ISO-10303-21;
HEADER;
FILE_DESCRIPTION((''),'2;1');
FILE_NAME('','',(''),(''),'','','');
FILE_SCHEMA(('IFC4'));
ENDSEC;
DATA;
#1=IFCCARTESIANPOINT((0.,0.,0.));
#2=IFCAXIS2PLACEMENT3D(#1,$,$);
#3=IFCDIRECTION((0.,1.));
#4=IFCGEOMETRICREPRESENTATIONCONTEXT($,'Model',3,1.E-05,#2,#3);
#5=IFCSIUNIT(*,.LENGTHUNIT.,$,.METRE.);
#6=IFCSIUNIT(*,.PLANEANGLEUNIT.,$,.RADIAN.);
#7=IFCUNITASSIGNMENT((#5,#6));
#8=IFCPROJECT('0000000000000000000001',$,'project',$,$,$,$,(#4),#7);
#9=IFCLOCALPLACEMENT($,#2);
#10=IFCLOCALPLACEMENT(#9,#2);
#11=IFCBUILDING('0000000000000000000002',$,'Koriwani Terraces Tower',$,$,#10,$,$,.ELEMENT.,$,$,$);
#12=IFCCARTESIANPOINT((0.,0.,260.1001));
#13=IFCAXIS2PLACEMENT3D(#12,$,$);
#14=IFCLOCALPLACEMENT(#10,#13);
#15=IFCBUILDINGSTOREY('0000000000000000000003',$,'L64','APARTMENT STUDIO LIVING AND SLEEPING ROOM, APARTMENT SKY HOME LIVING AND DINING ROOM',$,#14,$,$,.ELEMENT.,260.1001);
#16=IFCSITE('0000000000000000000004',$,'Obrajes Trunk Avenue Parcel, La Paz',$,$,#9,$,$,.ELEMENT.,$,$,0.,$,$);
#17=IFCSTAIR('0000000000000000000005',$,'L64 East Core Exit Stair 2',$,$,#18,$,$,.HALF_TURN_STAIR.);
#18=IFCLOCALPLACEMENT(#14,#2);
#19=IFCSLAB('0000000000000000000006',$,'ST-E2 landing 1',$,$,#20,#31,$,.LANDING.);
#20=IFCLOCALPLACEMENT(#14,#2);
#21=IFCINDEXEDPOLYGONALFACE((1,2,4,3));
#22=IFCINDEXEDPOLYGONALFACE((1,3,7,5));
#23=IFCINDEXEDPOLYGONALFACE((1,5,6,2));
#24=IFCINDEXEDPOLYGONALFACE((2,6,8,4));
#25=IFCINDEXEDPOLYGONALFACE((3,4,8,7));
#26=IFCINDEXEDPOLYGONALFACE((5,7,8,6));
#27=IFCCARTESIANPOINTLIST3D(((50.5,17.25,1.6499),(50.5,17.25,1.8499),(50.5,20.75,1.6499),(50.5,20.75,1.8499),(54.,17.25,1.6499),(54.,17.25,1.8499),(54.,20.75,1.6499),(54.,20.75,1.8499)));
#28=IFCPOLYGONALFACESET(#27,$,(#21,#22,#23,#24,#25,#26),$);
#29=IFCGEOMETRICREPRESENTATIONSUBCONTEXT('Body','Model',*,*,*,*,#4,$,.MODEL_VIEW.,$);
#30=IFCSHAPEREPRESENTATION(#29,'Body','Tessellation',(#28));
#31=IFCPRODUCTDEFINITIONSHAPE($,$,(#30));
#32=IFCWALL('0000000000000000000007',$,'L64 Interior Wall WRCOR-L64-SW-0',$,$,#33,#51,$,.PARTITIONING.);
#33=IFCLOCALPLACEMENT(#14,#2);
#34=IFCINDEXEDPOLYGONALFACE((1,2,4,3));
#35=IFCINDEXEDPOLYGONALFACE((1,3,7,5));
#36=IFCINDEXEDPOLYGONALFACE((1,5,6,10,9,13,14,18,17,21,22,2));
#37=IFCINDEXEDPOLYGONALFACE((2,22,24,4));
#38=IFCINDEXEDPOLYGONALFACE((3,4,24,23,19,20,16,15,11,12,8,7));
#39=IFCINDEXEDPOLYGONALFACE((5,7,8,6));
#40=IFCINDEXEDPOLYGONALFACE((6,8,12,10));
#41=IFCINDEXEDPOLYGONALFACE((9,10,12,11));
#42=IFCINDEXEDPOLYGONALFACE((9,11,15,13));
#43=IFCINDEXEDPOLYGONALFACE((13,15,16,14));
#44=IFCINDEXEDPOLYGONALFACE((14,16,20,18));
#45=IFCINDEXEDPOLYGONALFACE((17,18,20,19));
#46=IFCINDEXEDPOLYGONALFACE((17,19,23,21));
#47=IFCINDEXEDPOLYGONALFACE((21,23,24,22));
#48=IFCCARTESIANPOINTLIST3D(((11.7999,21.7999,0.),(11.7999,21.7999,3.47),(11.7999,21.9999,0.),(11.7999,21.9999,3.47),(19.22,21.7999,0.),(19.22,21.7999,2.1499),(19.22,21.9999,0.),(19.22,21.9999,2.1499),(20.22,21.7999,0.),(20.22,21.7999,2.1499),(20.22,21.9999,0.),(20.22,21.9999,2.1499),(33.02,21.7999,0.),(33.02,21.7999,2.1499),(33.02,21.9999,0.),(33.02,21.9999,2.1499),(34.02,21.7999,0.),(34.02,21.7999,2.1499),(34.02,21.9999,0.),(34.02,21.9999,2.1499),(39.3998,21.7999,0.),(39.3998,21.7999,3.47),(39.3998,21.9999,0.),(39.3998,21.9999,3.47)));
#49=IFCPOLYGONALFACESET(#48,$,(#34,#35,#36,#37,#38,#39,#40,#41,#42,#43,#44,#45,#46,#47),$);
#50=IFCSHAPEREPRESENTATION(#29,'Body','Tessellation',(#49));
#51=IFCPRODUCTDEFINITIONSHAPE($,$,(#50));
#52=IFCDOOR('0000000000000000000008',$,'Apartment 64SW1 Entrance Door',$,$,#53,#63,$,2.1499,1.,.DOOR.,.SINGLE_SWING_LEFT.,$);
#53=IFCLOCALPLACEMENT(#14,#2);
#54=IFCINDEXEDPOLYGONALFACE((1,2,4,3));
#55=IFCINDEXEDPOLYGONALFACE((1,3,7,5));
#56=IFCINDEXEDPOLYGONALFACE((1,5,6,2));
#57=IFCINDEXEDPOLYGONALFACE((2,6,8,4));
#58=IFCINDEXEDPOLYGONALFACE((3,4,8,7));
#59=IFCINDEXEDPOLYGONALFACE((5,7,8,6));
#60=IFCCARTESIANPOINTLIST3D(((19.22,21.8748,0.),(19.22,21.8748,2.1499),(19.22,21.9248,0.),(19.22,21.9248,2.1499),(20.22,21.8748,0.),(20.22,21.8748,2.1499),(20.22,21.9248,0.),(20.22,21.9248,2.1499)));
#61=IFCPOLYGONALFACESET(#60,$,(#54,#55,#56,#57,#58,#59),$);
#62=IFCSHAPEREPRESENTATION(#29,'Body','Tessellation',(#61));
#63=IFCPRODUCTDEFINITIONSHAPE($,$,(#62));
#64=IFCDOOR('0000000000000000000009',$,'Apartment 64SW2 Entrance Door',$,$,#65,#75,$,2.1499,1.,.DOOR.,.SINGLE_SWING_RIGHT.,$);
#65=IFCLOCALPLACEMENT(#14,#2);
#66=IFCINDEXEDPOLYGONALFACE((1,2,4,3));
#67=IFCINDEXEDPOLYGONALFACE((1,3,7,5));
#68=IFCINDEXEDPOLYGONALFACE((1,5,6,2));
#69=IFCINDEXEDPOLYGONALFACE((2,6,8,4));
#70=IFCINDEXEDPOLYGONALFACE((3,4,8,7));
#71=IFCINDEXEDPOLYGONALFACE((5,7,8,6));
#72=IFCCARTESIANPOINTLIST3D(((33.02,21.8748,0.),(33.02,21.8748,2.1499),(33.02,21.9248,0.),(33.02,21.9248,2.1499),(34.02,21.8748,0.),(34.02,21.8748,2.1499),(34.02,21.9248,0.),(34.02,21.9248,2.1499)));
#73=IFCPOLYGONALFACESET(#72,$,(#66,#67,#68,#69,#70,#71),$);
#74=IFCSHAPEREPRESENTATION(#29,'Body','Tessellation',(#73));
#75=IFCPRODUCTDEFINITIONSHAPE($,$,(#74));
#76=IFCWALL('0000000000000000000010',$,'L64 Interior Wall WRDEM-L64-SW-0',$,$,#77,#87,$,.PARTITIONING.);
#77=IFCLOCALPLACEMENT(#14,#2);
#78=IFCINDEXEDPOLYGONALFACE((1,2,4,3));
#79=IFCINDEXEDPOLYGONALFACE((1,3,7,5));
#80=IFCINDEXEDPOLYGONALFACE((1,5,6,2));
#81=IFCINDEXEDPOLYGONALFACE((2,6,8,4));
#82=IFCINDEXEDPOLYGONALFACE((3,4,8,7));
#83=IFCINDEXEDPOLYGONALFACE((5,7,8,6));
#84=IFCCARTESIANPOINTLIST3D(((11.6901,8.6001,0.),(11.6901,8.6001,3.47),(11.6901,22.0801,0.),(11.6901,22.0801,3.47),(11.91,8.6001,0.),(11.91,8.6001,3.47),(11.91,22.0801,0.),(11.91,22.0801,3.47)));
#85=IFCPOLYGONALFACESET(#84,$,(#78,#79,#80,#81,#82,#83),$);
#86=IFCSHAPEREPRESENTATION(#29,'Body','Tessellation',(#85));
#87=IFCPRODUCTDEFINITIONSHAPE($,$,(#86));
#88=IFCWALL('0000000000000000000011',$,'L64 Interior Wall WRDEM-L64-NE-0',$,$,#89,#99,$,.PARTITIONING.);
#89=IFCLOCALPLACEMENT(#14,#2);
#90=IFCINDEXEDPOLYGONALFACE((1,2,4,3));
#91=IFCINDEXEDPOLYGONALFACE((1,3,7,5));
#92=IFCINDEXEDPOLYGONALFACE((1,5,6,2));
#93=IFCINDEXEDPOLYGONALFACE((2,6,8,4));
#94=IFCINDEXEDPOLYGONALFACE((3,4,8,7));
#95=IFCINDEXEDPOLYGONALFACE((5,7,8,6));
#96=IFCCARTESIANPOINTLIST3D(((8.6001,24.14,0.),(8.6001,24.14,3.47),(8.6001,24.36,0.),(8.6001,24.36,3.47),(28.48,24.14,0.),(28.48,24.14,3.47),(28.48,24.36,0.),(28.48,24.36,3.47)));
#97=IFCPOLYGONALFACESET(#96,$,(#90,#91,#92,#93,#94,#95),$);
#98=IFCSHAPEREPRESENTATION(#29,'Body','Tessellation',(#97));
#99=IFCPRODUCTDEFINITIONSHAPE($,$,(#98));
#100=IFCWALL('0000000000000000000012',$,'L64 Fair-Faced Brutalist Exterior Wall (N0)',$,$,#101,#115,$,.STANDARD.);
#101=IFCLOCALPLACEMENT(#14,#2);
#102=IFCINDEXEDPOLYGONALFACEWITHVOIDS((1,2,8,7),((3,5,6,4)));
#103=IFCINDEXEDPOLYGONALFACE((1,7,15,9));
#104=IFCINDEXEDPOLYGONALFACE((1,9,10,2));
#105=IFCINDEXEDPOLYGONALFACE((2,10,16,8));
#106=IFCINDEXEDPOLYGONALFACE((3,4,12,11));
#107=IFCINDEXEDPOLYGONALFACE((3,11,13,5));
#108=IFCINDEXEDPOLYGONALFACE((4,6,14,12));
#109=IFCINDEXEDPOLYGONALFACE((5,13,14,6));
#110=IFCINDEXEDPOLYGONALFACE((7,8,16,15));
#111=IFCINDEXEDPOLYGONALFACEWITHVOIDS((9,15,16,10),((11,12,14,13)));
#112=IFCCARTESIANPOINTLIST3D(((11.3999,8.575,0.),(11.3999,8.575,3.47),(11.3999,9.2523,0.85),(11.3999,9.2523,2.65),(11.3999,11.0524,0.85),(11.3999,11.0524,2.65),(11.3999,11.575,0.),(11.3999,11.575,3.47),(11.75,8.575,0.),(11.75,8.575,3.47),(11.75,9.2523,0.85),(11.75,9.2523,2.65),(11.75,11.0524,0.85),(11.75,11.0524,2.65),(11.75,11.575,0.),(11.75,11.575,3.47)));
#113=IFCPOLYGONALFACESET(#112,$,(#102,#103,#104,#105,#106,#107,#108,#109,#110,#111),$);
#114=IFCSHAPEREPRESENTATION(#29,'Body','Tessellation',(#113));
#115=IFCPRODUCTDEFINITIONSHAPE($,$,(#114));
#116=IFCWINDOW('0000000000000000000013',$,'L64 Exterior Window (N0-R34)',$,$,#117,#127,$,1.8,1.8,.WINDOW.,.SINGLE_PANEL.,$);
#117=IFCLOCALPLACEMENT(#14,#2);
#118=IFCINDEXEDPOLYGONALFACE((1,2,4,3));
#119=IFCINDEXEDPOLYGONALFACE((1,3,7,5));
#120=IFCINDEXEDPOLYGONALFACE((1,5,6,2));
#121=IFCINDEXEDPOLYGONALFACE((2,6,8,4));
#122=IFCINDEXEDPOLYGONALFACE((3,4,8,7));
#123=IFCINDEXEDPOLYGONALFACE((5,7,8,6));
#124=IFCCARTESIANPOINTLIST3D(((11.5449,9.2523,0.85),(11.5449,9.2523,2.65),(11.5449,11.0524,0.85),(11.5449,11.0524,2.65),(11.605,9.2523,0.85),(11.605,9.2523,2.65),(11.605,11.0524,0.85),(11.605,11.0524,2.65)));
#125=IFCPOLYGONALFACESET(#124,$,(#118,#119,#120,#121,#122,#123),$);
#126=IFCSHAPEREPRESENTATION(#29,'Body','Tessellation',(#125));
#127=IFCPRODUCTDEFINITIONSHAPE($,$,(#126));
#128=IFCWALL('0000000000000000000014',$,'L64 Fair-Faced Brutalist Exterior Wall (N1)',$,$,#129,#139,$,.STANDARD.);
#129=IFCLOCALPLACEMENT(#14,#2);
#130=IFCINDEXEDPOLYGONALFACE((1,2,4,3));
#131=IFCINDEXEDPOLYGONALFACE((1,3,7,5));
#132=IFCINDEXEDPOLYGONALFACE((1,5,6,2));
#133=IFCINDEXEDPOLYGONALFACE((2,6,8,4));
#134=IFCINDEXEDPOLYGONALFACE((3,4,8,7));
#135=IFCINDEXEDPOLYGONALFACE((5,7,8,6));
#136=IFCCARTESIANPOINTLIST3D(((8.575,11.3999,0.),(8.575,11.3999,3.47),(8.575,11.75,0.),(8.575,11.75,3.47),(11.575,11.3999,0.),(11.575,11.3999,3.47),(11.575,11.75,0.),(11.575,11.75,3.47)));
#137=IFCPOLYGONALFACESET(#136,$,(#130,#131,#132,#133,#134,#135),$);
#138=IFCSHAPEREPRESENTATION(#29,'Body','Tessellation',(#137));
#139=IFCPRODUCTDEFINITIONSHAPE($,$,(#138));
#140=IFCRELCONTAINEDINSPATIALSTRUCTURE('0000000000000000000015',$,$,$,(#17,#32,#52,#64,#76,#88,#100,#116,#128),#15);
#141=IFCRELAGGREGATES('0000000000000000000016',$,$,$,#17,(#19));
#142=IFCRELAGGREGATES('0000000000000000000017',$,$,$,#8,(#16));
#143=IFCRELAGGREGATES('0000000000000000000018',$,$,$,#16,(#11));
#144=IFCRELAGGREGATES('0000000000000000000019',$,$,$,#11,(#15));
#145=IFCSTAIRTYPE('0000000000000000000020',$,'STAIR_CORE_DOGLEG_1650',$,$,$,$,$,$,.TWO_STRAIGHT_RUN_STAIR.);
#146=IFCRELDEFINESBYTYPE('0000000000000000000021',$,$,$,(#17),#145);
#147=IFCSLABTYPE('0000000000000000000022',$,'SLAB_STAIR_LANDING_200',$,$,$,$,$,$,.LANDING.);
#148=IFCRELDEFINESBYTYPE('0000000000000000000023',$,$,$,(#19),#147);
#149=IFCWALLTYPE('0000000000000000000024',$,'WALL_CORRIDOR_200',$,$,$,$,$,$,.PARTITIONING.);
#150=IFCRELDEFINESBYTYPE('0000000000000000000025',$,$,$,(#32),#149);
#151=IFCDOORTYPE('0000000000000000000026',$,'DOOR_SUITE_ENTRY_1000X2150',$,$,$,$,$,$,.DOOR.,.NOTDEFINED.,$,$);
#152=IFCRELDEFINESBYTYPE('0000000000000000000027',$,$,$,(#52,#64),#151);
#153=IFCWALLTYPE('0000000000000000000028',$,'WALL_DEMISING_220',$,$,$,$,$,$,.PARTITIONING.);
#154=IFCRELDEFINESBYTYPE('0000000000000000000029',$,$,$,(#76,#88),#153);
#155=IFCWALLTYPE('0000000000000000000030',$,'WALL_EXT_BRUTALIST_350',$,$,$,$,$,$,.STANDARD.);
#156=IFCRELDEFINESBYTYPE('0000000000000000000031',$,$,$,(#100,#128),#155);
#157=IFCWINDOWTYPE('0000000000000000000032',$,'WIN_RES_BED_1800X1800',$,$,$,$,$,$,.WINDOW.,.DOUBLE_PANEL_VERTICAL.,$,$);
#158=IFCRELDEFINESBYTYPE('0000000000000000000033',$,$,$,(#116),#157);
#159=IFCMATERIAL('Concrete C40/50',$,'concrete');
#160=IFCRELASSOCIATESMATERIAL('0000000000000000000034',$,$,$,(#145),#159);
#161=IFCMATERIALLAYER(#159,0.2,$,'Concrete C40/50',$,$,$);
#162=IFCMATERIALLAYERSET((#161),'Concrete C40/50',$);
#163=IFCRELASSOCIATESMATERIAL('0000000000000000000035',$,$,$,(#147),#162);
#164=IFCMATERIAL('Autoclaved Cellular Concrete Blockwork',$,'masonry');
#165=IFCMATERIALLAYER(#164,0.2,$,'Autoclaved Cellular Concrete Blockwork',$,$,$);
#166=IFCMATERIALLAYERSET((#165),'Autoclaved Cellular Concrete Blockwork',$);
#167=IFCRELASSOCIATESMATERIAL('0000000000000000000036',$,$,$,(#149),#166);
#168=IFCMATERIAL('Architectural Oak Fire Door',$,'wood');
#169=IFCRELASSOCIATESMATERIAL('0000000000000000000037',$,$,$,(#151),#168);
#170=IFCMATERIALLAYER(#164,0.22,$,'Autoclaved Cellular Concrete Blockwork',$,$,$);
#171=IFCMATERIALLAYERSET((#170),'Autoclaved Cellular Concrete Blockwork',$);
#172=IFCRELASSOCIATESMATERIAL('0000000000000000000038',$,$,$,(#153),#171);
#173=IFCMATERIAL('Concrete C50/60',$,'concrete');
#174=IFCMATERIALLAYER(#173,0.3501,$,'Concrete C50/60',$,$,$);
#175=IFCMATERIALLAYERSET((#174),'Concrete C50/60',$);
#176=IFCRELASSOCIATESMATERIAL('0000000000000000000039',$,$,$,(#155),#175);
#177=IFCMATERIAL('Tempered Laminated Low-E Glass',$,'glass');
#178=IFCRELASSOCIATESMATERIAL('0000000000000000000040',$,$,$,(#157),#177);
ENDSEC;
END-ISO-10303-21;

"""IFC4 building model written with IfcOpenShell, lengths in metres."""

from ifc_helpers import new_model, si_unit, direction, frame, frame_2d, origin, place, context, subcontext, project, spatial, polyline, rectangle, outline, extrude, material, layer, layer_set, type_object, element, fill, aggregate, save


model = new_model("IFC4")

# Units and contexts
model_context = context("Model", 3, precision=1e-05, world=origin(), true_north=direction((0.0, 1.0)))
body_context = subcontext(model_context, "Body", "Model", "MODEL_VIEW")
ifc_project = project(units=[si_unit("LENGTHUNIT", "METRE"), si_unit("PLANEANGLEUNIT", "RADIAN")], contexts=[model_context])

# Site, building, storey
site_placement = place(None, origin())
site = spatial("IfcSite", under=ifc_project, at=site_placement, Name="Obrajes Trunk Avenue Parcel, La Paz", CompositionType="ELEMENT", RefElevation=0.0)
building_placement = place(site_placement, origin())
building = spatial("IfcBuilding", under=site, at=building_placement, Name="Koriwani Terraces Tower", CompositionType="ELEMENT")
storey_placement = place(building_placement, frame((0.0, 0.0, 260.1001)))
storey = spatial("IfcBuildingStorey", under=building, at=storey_placement, Name="L64", Description="APARTMENT STUDIO LIVING AND SLEEPING ROOM, APARTMENT SKY HOME LIVING AND DINING ROOM", CompositionType="ELEMENT", Elevation=260.1001)

# Shared definitions
ifc_material_1 = material(Name="Concrete C50/60", Category="concrete")

# Shared definitions
ifc_material_2 = material(Name="Concrete C40/50", Category="concrete")

# Stair, slab
stair_type = type_object("IfcStairType", Name="STAIR_CORE_DOGLEG_1650", PredefinedType="TWO_STRAIGHT_RUN_STAIR", material=ifc_material_2)
ifc_layer_1 = layer(ifc_material_2, 0.2, Name="Concrete C40/50")
ifc_layer_set_1 = layer_set([ifc_layer_1], Name="Concrete C40/50")
slab_type_1 = type_object("IfcSlabType", Name="SLAB_STAIR_LANDING_200", PredefinedType="LANDING", material=ifc_layer_set_1)
stair_1_placement = place(storey_placement, origin())
stair_1 = element("IfcStair", 1, at=stair_1_placement, inside=storey, type_object=stair_type, Name="L64 East Core Exit Stair 2", PredefinedType="HALF_TURN_STAIR")
slab_1_placement = place(storey_placement, frame((0.0, 0.0, 1.6499)))
slab_1 = element("IfcSlab", 2, at=slab_1_placement, type_object=slab_type_1, Name="ST-E2 landing 1", PredefinedType="LANDING", context=body_context, shape_type="SweptSolid", body=[
    extrude(outline(polyline([(54.0, 20.75), (50.5, 20.75), (50.5, 17.25), (54.0, 17.25), (54.0, 20.75)])), origin(), (0.0, 0.0, 1.0), 0.2),
])
aggregate(stair_1, [slab_1])

# Wall, openings, doors
ifc_material_3 = material(Name="Autoclaved Cellular Concrete Blockwork", Category="masonry")
ifc_layer_2 = layer(ifc_material_3, 0.2, Name="Autoclaved Cellular Concrete Blockwork")
ifc_layer_set_2 = layer_set([ifc_layer_2], Name="Autoclaved Cellular Concrete Blockwork")
wall_type_1 = type_object("IfcWallType", Name="WALL_CORRIDOR_200", PredefinedType="PARTITIONING", material=ifc_layer_set_2)
wall_1_placement = place(storey_placement, frame((11.8, 21.8999, 0.0), z_axis=(0.0, 0.0, 1.0), x_axis=(1.0, 0.0, 0.0)))
wall_1 = element("IfcWall", 3, at=wall_1_placement, inside=storey, type_object=wall_type_1, Name="L64 Interior Wall WRCOR-L64-SW-0", PredefinedType="PARTITIONING", context=body_context, shape_type="SweptSolid", body=[
    extrude(rectangle(XDim=27.5999, YDim=0.2, at=frame_2d((13.7998, 0.0))), origin(), (0.0, 0.0, 1.0), 3.47),
])
opening_1_placement = place(wall_1_placement, frame((7.4199, 0.0, 0.0)))
opening_1 = element("IfcOpeningElement", 4, at=opening_1_placement, cuts=wall_1, PredefinedType="OPENING", context=body_context, shape_type="SweptSolid", body=[
    extrude(rectangle(XDim=1.0, YDim=2.1499, at=frame_2d((0.5, 1.075))), frame((0.0, 0.1099, 0.0), z_axis=(0.0, -1.0, 0.0), x_axis=(1.0, 0.0, 0.0)), (0.0, 0.0, 1.0), 0.22),
])
opening_2_placement = place(wall_1_placement, frame((21.22, 0.0, 0.0)))
opening_2 = element("IfcOpeningElement", 5, at=opening_2_placement, cuts=wall_1, PredefinedType="OPENING", context=body_context, shape_type="SweptSolid", body=[
    extrude(rectangle(XDim=1.0, YDim=2.1499, at=frame_2d((0.5, 1.075))), frame((0.0, 0.1099, 0.0), z_axis=(0.0, -1.0, 0.0), x_axis=(1.0, 0.0, 0.0)), (0.0, 0.0, 1.0), 0.22),
])
ifc_material_4 = material(Name="Architectural Oak Fire Door", Category="wood")
door_type_1 = type_object("IfcDoorType", Name="DOOR_SUITE_ENTRY_1000X2150", OperationType="NOTDEFINED", PredefinedType="DOOR", material=ifc_material_4)
door_1_placement = place(opening_1_placement, origin())
door_1 = element("IfcDoor", 6, at=door_1_placement, inside=storey, type_object=door_type_1, Name="Apartment 64SW1 Entrance Door", OperationType="SINGLE_SWING_LEFT", OverallHeight=2.1499, OverallWidth=1.0, PredefinedType="DOOR", context=body_context, shape_type="SweptSolid", body=[
    extrude(rectangle(XDim=1.0, YDim=2.1499, at=frame_2d((0.5, 1.075))), frame((0.0, 0.0249, 0.0), z_axis=(0.0, -1.0, 0.0), x_axis=(1.0, 0.0, 0.0)), (0.0, 0.0, 1.0), 0.05),
])
fill(opening_1, door_1)
door_2_placement = place(opening_2_placement, origin())
door_2 = element("IfcDoor", 7, at=door_2_placement, inside=storey, type_object=door_type_1, Name="Apartment 64SW2 Entrance Door", OperationType="SINGLE_SWING_RIGHT", OverallHeight=2.1499, OverallWidth=1.0, PredefinedType="DOOR", context=body_context, shape_type="SweptSolid", body=[
    extrude(rectangle(XDim=1.0, YDim=2.1499, at=frame_2d((0.5, 1.075))), frame((0.0, 0.0249, 0.0), z_axis=(0.0, -1.0, 0.0), x_axis=(1.0, 0.0, 0.0)), (0.0, 0.0, 1.0), 0.05),
])
fill(opening_2, door_2)

# Walls
ifc_layer_3 = layer(ifc_material_3, 0.22, Name="Autoclaved Cellular Concrete Blockwork")
ifc_layer_set_3 = layer_set([ifc_layer_3], Name="Autoclaved Cellular Concrete Blockwork")
wall_type_2 = type_object("IfcWallType", Name="WALL_DEMISING_220", PredefinedType="PARTITIONING", material=ifc_layer_set_3)
wall_2_placement = place(storey_placement, frame((11.8, 8.6001, 0.0), z_axis=(0.0, 0.0, 1.0), x_axis=(0.0, 1.0, 0.0)))
element("IfcWall", 8, at=wall_2_placement, inside=storey, type_object=wall_type_2, Name="L64 Interior Wall WRDEM-L64-SW-0", PredefinedType="PARTITIONING", context=body_context, shape_type="SweptSolid", body=[
    extrude(rectangle(XDim=13.48, YDim=0.22, at=frame_2d((6.74, 0.0))), origin(), (0.0, 0.0, 1.0), 3.47),
])
wall_3_placement = place(storey_placement, frame((8.6001, 24.25, 0.0), z_axis=(0.0, 0.0, 1.0), x_axis=(1.0, 0.0, 0.0)))
element("IfcWall", 9, at=wall_3_placement, inside=storey, type_object=wall_type_2, Name="L64 Interior Wall WRDEM-L64-NE-0", PredefinedType="PARTITIONING", context=body_context, shape_type="SweptSolid", body=[
    extrude(rectangle(XDim=19.8799, YDim=0.22, at=frame_2d((9.9399, 0.0))), origin(), (0.0, 0.0, 1.0), 3.47),
])

# Wall, opening, window
ifc_layer_4 = layer(ifc_material_1, 0.3501, Name="Concrete C50/60")
ifc_layer_set_4 = layer_set([ifc_layer_4], Name="Concrete C50/60")
wall_type_3 = type_object("IfcWallType", Name="WALL_EXT_BRUTALIST_350", PredefinedType="STANDARD", material=ifc_layer_set_4)
wall_4_placement = place(storey_placement, frame((11.575, 8.575, 0.0), z_axis=(0.0, 0.0, 1.0), x_axis=(0.0, 1.0, 0.0)))
wall_4 = element("IfcWall", 10, at=wall_4_placement, inside=storey, type_object=wall_type_3, Name="L64 Fair-Faced Brutalist Exterior Wall (N0)", PredefinedType="STANDARD", context=body_context, shape_type="SweptSolid", body=[
    extrude(rectangle(XDim=3.0, YDim=0.3501, at=frame_2d((1.5, 0.0))), origin(), (0.0, 0.0, 1.0), 3.47),
])
opening_3_placement = place(wall_4_placement, frame((0.6775, 0.0, 0.8501)))
opening_3 = element("IfcOpeningElement", 11, at=opening_3_placement, cuts=wall_4, PredefinedType="OPENING", context=body_context, shape_type="SweptSolid", body=[
    extrude(rectangle(XDim=1.8, YDim=1.8, at=frame_2d((0.8999, 0.8999))), frame((0.0, 0.1851, 0.0), z_axis=(0.0, -1.0, 0.0), x_axis=(1.0, 0.0, 0.0)), (0.0, 0.0, 1.0), 0.3701),
])
ifc_material_5 = material(Name="Tempered Laminated Low-E Glass", Category="glass")
window_type_1 = type_object("IfcWindowType", Name="WIN_RES_BED_1800X1800", PartitioningType="DOUBLE_PANEL_VERTICAL", PredefinedType="WINDOW", material=ifc_material_5)
window_1_placement = place(opening_3_placement, origin())
window_1 = element("IfcWindow", 12, at=window_1_placement, inside=storey, type_object=window_type_1, Name="L64 Exterior Window (N0-R34)", OverallHeight=1.8, OverallWidth=1.8, PartitioningType="SINGLE_PANEL", PredefinedType="WINDOW", context=body_context, shape_type="SweptSolid", body=[
    extrude(rectangle(XDim=1.8, YDim=1.8, at=frame_2d((0.8999, 0.8999))), frame((0.0, 0.03, 0.0), z_axis=(0.0, -1.0, 0.0), x_axis=(1.0, 0.0, 0.0)), (0.0, 0.0, 1.0), 0.0601),
])
fill(opening_3, window_1)

# Wall
wall_5_placement = place(storey_placement, frame((11.575, 11.575, 0.0), z_axis=(0.0, 0.0, 1.0), x_axis=(-1.0, 0.0, 0.0)))
element("IfcWall", 13, at=wall_5_placement, inside=storey, type_object=wall_type_3, Name="L64 Fair-Faced Brutalist Exterior Wall (N1)", PredefinedType="STANDARD", context=body_context, shape_type="SweptSolid", body=[
    extrude(rectangle(XDim=3.0, YDim=0.3501, at=frame_2d((1.5, 0.0))), origin(), (0.0, 0.0, 1.0), 3.47),
])

save(model, "model.ifc")
